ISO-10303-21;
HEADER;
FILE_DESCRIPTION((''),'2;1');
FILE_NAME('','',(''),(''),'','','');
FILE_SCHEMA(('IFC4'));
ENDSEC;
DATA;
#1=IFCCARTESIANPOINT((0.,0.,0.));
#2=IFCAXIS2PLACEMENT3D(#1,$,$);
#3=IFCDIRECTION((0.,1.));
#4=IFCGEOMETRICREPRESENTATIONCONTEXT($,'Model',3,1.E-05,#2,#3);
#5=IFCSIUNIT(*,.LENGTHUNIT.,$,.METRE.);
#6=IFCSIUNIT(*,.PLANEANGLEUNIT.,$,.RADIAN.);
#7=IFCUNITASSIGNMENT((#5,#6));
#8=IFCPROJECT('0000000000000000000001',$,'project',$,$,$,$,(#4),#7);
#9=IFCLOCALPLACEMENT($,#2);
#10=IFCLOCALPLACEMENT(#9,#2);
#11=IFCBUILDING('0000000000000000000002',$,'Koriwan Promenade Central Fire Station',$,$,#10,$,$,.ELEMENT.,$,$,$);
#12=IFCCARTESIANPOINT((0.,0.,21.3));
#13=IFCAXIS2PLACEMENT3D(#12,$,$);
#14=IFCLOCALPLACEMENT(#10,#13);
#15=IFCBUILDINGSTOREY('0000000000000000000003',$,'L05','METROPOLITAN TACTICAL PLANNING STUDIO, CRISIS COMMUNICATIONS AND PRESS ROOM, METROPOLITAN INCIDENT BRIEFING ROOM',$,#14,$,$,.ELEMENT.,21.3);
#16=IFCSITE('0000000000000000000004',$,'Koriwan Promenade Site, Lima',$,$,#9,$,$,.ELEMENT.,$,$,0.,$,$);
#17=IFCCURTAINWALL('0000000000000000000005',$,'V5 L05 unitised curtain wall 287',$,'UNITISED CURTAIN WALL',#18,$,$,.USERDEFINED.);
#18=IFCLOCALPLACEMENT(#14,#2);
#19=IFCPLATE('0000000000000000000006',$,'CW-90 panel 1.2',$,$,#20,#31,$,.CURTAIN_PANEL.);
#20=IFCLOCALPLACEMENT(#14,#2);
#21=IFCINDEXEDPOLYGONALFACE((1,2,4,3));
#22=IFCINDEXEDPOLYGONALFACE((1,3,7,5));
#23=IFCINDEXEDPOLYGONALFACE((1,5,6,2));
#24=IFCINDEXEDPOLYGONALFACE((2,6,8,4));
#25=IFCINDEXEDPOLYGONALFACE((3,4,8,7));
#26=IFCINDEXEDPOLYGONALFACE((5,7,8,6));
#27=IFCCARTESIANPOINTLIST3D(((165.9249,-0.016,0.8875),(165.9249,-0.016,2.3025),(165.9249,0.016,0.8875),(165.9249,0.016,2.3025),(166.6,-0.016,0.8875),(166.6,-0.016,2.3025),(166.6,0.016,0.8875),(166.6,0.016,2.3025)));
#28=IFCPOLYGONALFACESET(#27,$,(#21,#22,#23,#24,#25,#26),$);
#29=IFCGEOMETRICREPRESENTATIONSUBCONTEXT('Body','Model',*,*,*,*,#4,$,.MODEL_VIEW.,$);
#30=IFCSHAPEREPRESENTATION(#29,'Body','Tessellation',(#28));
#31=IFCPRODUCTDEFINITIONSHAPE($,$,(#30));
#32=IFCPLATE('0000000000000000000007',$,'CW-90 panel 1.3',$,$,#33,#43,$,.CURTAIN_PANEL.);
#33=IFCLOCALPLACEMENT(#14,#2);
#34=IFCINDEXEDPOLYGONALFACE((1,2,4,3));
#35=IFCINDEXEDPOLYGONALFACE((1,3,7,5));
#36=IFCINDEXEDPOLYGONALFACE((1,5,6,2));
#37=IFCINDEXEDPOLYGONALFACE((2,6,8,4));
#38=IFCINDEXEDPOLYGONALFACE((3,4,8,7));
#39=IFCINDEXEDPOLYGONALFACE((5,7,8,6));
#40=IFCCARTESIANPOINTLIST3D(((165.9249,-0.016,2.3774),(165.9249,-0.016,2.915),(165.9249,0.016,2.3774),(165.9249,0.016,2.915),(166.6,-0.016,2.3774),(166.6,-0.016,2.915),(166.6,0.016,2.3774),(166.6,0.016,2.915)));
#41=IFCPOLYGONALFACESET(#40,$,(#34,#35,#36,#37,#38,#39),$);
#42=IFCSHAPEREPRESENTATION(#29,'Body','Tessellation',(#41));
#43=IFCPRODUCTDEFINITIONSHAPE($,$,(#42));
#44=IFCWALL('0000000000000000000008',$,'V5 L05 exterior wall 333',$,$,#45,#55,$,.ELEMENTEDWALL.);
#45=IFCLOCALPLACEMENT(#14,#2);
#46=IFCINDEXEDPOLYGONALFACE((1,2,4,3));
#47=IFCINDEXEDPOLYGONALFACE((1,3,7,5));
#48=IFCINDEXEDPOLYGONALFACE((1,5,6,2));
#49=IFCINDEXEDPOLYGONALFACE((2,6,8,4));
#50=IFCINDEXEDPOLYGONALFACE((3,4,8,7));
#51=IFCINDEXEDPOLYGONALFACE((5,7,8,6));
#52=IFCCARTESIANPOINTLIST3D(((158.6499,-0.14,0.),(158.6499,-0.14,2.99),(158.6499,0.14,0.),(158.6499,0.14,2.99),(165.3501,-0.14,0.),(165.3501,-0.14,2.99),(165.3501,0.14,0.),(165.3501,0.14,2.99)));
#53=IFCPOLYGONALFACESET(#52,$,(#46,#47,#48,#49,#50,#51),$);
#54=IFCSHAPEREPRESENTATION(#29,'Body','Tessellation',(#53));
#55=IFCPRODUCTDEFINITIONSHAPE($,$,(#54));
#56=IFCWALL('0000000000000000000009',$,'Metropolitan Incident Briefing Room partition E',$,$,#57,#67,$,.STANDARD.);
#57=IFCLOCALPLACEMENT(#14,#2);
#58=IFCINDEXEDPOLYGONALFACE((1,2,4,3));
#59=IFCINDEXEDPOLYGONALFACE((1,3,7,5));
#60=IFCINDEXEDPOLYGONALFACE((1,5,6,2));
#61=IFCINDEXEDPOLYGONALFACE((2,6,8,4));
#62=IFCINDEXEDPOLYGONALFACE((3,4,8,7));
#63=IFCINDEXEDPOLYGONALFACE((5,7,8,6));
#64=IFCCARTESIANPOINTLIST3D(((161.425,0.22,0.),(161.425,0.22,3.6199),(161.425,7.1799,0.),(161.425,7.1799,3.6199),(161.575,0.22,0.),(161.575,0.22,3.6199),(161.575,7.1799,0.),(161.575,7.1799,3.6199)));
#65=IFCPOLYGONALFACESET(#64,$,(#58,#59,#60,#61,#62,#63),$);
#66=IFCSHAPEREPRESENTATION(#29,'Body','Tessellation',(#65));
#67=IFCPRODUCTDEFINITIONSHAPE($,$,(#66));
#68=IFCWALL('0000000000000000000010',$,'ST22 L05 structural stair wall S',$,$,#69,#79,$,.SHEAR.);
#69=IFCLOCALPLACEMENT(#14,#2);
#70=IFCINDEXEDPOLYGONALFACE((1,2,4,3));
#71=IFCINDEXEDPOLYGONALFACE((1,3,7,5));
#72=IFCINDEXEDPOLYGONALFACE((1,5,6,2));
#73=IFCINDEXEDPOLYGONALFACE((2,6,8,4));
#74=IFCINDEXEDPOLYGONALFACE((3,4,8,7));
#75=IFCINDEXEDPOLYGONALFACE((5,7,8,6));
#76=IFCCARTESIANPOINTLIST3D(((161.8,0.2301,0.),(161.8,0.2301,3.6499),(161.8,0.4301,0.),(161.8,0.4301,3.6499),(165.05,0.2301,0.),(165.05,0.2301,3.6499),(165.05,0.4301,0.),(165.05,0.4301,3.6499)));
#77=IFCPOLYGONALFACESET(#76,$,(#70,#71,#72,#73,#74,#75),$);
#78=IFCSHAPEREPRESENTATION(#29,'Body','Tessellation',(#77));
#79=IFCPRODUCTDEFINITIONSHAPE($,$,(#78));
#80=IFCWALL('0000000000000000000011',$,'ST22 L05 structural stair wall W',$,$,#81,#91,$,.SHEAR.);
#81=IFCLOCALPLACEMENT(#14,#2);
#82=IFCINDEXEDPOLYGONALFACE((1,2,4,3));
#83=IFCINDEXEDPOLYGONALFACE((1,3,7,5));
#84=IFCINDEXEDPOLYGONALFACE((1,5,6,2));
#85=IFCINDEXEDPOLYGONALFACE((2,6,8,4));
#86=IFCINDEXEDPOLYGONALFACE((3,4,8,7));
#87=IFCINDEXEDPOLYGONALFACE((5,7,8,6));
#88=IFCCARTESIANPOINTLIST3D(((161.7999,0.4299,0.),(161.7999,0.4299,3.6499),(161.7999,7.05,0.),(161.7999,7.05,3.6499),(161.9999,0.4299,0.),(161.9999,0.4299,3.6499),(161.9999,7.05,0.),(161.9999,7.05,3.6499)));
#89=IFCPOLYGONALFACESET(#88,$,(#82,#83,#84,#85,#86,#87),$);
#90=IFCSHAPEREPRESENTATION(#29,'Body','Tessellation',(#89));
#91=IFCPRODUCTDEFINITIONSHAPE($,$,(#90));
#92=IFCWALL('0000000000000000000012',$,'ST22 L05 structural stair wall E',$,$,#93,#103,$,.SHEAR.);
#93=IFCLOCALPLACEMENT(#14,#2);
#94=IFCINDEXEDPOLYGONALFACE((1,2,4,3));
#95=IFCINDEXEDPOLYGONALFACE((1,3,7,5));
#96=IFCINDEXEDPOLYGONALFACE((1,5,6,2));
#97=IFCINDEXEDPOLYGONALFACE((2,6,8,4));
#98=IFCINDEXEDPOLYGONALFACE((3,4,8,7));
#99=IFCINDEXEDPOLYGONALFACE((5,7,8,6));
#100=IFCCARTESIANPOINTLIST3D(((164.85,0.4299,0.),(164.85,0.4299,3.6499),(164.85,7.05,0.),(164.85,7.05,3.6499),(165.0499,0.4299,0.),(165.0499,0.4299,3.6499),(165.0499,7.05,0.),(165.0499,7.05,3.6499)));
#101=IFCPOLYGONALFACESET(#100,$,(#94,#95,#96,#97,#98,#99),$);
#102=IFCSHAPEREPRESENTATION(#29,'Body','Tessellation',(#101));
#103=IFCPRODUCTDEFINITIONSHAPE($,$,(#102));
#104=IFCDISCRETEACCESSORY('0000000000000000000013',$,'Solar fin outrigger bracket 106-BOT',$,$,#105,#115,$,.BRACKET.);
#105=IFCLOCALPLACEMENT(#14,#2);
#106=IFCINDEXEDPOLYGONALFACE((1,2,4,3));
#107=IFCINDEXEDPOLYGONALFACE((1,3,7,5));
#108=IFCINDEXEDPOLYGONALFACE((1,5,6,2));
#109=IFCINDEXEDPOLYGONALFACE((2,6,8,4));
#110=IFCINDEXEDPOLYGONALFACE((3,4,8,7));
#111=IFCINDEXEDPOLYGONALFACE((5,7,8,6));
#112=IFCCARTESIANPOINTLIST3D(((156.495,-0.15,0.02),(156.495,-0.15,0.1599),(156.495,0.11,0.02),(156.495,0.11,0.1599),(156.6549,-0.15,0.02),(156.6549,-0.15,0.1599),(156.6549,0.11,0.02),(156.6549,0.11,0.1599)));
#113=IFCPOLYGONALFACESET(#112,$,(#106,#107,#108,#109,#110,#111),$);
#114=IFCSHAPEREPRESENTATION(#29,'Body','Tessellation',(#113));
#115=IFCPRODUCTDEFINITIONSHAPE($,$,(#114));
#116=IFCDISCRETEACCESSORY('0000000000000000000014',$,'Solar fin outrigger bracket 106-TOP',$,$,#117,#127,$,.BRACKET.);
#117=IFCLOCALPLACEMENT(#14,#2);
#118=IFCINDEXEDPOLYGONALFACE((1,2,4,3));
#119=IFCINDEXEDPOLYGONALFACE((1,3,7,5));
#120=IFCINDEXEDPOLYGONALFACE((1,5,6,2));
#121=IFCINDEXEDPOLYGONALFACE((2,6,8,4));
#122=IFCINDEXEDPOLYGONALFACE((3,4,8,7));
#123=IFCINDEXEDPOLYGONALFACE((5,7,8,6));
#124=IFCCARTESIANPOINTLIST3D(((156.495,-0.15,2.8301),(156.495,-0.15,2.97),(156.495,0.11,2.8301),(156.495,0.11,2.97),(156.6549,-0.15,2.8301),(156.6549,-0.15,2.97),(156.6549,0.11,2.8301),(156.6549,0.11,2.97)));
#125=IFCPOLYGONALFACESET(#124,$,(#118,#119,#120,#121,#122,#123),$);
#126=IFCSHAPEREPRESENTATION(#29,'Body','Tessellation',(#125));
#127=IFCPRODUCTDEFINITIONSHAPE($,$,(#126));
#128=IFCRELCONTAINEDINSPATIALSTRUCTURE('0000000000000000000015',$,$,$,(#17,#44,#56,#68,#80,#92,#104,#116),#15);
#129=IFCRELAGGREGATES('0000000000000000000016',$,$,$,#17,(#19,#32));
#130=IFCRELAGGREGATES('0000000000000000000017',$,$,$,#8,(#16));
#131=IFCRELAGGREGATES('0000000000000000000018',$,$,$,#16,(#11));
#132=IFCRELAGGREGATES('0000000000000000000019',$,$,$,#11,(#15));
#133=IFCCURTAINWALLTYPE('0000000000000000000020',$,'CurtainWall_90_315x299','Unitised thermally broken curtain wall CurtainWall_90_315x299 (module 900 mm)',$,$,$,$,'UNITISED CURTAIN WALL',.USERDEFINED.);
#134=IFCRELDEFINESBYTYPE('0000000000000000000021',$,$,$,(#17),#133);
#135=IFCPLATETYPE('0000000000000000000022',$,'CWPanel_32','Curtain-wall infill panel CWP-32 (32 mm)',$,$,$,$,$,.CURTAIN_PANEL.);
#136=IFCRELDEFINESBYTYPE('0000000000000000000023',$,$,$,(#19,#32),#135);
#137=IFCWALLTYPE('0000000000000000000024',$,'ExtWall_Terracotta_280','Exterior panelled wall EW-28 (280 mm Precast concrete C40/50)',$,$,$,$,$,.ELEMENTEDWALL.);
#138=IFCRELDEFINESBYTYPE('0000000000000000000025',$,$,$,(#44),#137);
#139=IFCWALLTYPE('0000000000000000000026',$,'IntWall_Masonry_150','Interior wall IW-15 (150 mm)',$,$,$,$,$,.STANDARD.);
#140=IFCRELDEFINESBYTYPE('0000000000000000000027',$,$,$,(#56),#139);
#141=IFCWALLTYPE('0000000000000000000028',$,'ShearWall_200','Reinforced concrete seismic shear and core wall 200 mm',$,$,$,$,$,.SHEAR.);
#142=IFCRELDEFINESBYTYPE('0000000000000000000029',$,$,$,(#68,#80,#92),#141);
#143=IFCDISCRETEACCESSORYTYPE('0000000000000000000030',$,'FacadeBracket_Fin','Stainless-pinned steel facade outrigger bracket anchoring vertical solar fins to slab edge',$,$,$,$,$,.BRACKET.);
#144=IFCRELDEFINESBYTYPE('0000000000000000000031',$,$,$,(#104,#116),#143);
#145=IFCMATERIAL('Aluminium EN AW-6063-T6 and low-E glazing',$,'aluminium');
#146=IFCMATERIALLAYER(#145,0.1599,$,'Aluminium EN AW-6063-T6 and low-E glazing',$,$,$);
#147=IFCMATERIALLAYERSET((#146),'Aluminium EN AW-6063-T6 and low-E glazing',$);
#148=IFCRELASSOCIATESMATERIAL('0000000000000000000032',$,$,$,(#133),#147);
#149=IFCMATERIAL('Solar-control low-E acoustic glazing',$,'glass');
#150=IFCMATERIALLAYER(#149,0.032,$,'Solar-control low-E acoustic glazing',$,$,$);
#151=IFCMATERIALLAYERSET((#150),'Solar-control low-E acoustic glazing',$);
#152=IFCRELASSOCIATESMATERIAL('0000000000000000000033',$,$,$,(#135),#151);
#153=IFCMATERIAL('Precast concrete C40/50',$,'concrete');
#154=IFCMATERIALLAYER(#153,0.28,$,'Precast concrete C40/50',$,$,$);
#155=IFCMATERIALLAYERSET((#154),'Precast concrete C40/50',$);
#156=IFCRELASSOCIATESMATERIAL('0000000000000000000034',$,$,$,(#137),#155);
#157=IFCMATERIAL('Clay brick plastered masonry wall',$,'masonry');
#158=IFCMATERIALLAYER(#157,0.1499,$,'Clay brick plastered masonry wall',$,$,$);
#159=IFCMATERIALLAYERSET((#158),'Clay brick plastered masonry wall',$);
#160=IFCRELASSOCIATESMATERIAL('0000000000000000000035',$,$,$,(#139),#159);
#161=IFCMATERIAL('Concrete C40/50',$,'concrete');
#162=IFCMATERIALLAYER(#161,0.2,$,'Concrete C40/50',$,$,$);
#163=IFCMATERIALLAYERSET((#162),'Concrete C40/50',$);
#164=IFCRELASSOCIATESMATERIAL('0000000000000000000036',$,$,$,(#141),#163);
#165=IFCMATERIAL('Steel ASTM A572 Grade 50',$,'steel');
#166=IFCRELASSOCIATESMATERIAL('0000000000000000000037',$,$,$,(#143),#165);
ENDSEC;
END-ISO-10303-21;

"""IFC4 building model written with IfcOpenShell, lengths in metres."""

from ifc_helpers import new_model, si_unit, direction, frame, frame_2d, origin, origin_2d, place, context, subcontext, project, spatial, rectangle, extrude, material, layer, layer_set, type_object, element, aggregate, save


model = new_model("IFC4")

# Units and contexts
model_context = context("Model", 3, precision=1e-05, world=origin(), true_north=direction((0.0, 1.0)))
body_context = subcontext(model_context, "Body", "Model", "MODEL_VIEW")
ifc_project = project(units=[si_unit("LENGTHUNIT", "METRE"), si_unit("PLANEANGLEUNIT", "RADIAN")], contexts=[model_context])

# Site, building, storey
site_placement = place(None, origin())
site = spatial("IfcSite", under=ifc_project, at=site_placement, Name="Koriwan Promenade Site, Lima", CompositionType="ELEMENT", RefElevation=0.0)
building_placement = place(site_placement, origin())
building = spatial("IfcBuilding", under=site, at=building_placement, Name="Koriwan Promenade Central Fire Station", CompositionType="ELEMENT")
storey_placement = place(building_placement, frame((0.0, 0.0, 21.3)))
storey = spatial("IfcBuildingStorey", under=building, at=storey_placement, Name="L05", Description="METROPOLITAN TACTICAL PLANNING STUDIO, CRISIS COMMUNICATIONS AND PRESS ROOM, METROPOLITAN INCIDENT BRIEFING ROOM", CompositionType="ELEMENT", Elevation=21.3)

# Shared definitions
ifc_material_1 = material(Name="Concrete C40/50", Category="concrete")

# Curtain wall
ifc_material_2 = material(Name="Aluminium EN AW-6063-T6 and low-E glazing", Category="aluminium")
ifc_layer_1 = layer(ifc_material_2, 0.1599, Name="Aluminium EN AW-6063-T6 and low-E glazing")
ifc_layer_set_1 = layer_set([ifc_layer_1], Name="Aluminium EN AW-6063-T6 and low-E glazing")
curtain_wall_type_1 = type_object("IfcCurtainWallType", Name="CurtainWall_90_315x299", Description="Unitised thermally broken curtain wall CurtainWall_90_315x299 (module 900 mm)", ElementType="UNITISED CURTAIN WALL", PredefinedType="USERDEFINED", material=ifc_layer_set_1)
curtain_wall_1_placement = place(storey_placement, origin())
curtain_wall_1 = element("IfcCurtainWall", 1, at=curtain_wall_1_placement, inside=storey, type_object=curtain_wall_type_1, Name="V5 L05 unitised curtain wall 287", ObjectType="UNITISED CURTAIN WALL", PredefinedType="USERDEFINED")

# Plates
ifc_material_3 = material(Name="Solar-control low-E acoustic glazing", Category="glass")
ifc_layer_2 = layer(ifc_material_3, 0.032, Name="Solar-control low-E acoustic glazing")
ifc_layer_set_2 = layer_set([ifc_layer_2], Name="Solar-control low-E acoustic glazing")
plate_type = type_object("IfcPlateType", Name="CWPanel_32", Description="Curtain-wall infill panel CWP-32 (32 mm)", PredefinedType="CURTAIN_PANEL", material=ifc_layer_set_2)
plate_1_placement = place(storey_placement, frame((166.2625, 0.0, 0.8875), z_axis=(0.0, 0.0, 1.0), x_axis=(1.0, 0.0, 0.0)))
plate_1 = element("IfcPlate", 2, at=plate_1_placement, type_object=plate_type, Name="CW-90 panel 1.2", PredefinedType="CURTAIN_PANEL", context=body_context, shape_type="SweptSolid", body=[
    extrude(rectangle(XDim=0.675, YDim=0.032, at=origin_2d()), origin(), (0.0, 0.0, 1.0), 1.415),
])
plate_2_placement = place(storey_placement, frame((166.2625, 0.0, 2.3774), z_axis=(0.0, 0.0, 1.0), x_axis=(1.0, 0.0, 0.0)))
plate_2 = element("IfcPlate", 3, at=plate_2_placement, type_object=plate_type, Name="CW-90 panel 1.3", PredefinedType="CURTAIN_PANEL", context=body_context, shape_type="SweptSolid", body=[
    extrude(rectangle(XDim=0.675, YDim=0.032, at=origin_2d()), origin(), (0.0, 0.0, 1.0), 0.5376),
])
aggregate(curtain_wall_1, [plate_1, plate_2])

# Walls
ifc_material_4 = material(Name="Precast concrete C40/50", Category="concrete")
ifc_layer_3 = layer(ifc_material_4, 0.28, Name="Precast concrete C40/50")
ifc_layer_set_3 = layer_set([ifc_layer_3], Name="Precast concrete C40/50")
wall_type_1 = type_object("IfcWallType", Name="ExtWall_Terracotta_280", Description="Exterior panelled wall EW-28 (280 mm Precast concrete C40/50)", PredefinedType="ELEMENTEDWALL", material=ifc_layer_set_3)
wall_1_placement = place(storey_placement, frame((158.6499, 0.0, 0.0), z_axis=(0.0, 0.0, 1.0), x_axis=(1.0, 0.0, 0.0)))
element("IfcWall", 4, at=wall_1_placement, inside=storey, type_object=wall_type_1, Name="V5 L05 exterior wall 333", PredefinedType="ELEMENTEDWALL", context=body_context, shape_type="SweptSolid", body=[
    extrude(rectangle(XDim=6.7002, YDim=0.28, at=frame_2d((3.3501, 0.0))), origin(), (0.0, 0.0, 1.0), 2.99),
])
ifc_material_5 = material(Name="Clay brick plastered masonry wall", Category="masonry")
ifc_layer_4 = layer(ifc_material_5, 0.1499, Name="Clay brick plastered masonry wall")
ifc_layer_set_4 = layer_set([ifc_layer_4], Name="Clay brick plastered masonry wall")
wall_type_2 = type_object("IfcWallType", Name="IntWall_Masonry_150", Description="Interior wall IW-15 (150 mm)", PredefinedType="STANDARD", material=ifc_layer_set_4)
wall_2_placement = place(storey_placement, frame((161.5, 0.22, 0.0), z_axis=(0.0, 0.0, 1.0), x_axis=(0.0, 1.0, 0.0)))
element("IfcWall", 5, at=wall_2_placement, inside=storey, type_object=wall_type_2, Name="Metropolitan Incident Briefing Room partition E", PredefinedType="STANDARD", context=body_context, shape_type="SweptSolid", body=[
    extrude(rectangle(XDim=6.96, YDim=0.1499, at=frame_2d((3.48, 0.0))), origin(), (0.0, 0.0, 1.0), 3.6199),
])
ifc_layer_5 = layer(ifc_material_1, 0.2, Name="Concrete C40/50")
ifc_layer_set_5 = layer_set([ifc_layer_5], Name="Concrete C40/50")
wall_type_3 = type_object("IfcWallType", Name="ShearWall_200", Description="Reinforced concrete seismic shear and core wall 200 mm", PredefinedType="SHEAR", material=ifc_layer_set_5)
wall_3_placement = place(storey_placement, frame((161.8, 0.3301, 0.0), z_axis=(0.0, 0.0, 1.0), x_axis=(1.0, 0.0, 0.0)))
element("IfcWall", 6, at=wall_3_placement, inside=storey, type_object=wall_type_3, Name="ST22 L05 structural stair wall S", PredefinedType="SHEAR", context=body_context, shape_type="SweptSolid", body=[
    extrude(rectangle(XDim=3.25, YDim=0.2, at=frame_2d((1.625, 0.0))), origin(), (0.0, 0.0, 1.0), 3.6499),
])
for number, where, z_axis, x_axis, name in (
    (7, (161.8999, 0.4299, 0.0), (0.0, 0.0, 1.0), (0.0, 1.0, 0.0), "ST22 L05 structural stair wall W"),
    (8, (164.95, 0.4299, 0.0), (0.0, 0.0, 1.0), (0.0, 1.0, 0.0), "ST22 L05 structural stair wall E"),
):
    element("IfcWall", number, at=place(storey_placement, frame(where, z_axis=z_axis, x_axis=x_axis)), inside=storey, type_object=wall_type_3, Name=name, PredefinedType="SHEAR", context=body_context, shape_type="SweptSolid", body=[
        extrude(rectangle(XDim=6.6201, YDim=0.2, at=frame_2d((3.3101, 0.0))), origin(), (0.0, 0.0, 1.0), 3.6499),
    ])

# Discrete accessories
ifc_material_6 = material(Name="Steel ASTM A572 Grade 50", Category="steel")
discrete_accessory_type = type_object("IfcDiscreteAccessoryType", Name="FacadeBracket_Fin", Description="Stainless-pinned steel facade outrigger bracket anchoring vertical solar fins to slab edge", PredefinedType="BRACKET", material=ifc_material_6)
for number, where, z_axis, x_axis, name in (
    (9, (156.575, -0.02, 0.02), (0.0, 0.0, 1.0), (0.0, -1.0, 0.0), "Solar fin outrigger bracket 106-BOT"),
    (10, (156.575, -0.02, 2.8301), (0.0, 0.0, 1.0), (0.0, -1.0, 0.0), "Solar fin outrigger bracket 106-TOP"),
):
    element("IfcDiscreteAccessory", number, at=place(storey_placement, frame(where, z_axis=z_axis, x_axis=x_axis)), inside=storey, type_object=discrete_accessory_type, Name=name, PredefinedType="BRACKET", context=body_context, shape_type="SweptSolid", body=[
        extrude(rectangle(XDim=0.26, YDim=0.1599, at=origin_2d()), origin(), (0.0, 0.0, 1.0), 0.1399),
    ])

save(model, "model.ifc")
